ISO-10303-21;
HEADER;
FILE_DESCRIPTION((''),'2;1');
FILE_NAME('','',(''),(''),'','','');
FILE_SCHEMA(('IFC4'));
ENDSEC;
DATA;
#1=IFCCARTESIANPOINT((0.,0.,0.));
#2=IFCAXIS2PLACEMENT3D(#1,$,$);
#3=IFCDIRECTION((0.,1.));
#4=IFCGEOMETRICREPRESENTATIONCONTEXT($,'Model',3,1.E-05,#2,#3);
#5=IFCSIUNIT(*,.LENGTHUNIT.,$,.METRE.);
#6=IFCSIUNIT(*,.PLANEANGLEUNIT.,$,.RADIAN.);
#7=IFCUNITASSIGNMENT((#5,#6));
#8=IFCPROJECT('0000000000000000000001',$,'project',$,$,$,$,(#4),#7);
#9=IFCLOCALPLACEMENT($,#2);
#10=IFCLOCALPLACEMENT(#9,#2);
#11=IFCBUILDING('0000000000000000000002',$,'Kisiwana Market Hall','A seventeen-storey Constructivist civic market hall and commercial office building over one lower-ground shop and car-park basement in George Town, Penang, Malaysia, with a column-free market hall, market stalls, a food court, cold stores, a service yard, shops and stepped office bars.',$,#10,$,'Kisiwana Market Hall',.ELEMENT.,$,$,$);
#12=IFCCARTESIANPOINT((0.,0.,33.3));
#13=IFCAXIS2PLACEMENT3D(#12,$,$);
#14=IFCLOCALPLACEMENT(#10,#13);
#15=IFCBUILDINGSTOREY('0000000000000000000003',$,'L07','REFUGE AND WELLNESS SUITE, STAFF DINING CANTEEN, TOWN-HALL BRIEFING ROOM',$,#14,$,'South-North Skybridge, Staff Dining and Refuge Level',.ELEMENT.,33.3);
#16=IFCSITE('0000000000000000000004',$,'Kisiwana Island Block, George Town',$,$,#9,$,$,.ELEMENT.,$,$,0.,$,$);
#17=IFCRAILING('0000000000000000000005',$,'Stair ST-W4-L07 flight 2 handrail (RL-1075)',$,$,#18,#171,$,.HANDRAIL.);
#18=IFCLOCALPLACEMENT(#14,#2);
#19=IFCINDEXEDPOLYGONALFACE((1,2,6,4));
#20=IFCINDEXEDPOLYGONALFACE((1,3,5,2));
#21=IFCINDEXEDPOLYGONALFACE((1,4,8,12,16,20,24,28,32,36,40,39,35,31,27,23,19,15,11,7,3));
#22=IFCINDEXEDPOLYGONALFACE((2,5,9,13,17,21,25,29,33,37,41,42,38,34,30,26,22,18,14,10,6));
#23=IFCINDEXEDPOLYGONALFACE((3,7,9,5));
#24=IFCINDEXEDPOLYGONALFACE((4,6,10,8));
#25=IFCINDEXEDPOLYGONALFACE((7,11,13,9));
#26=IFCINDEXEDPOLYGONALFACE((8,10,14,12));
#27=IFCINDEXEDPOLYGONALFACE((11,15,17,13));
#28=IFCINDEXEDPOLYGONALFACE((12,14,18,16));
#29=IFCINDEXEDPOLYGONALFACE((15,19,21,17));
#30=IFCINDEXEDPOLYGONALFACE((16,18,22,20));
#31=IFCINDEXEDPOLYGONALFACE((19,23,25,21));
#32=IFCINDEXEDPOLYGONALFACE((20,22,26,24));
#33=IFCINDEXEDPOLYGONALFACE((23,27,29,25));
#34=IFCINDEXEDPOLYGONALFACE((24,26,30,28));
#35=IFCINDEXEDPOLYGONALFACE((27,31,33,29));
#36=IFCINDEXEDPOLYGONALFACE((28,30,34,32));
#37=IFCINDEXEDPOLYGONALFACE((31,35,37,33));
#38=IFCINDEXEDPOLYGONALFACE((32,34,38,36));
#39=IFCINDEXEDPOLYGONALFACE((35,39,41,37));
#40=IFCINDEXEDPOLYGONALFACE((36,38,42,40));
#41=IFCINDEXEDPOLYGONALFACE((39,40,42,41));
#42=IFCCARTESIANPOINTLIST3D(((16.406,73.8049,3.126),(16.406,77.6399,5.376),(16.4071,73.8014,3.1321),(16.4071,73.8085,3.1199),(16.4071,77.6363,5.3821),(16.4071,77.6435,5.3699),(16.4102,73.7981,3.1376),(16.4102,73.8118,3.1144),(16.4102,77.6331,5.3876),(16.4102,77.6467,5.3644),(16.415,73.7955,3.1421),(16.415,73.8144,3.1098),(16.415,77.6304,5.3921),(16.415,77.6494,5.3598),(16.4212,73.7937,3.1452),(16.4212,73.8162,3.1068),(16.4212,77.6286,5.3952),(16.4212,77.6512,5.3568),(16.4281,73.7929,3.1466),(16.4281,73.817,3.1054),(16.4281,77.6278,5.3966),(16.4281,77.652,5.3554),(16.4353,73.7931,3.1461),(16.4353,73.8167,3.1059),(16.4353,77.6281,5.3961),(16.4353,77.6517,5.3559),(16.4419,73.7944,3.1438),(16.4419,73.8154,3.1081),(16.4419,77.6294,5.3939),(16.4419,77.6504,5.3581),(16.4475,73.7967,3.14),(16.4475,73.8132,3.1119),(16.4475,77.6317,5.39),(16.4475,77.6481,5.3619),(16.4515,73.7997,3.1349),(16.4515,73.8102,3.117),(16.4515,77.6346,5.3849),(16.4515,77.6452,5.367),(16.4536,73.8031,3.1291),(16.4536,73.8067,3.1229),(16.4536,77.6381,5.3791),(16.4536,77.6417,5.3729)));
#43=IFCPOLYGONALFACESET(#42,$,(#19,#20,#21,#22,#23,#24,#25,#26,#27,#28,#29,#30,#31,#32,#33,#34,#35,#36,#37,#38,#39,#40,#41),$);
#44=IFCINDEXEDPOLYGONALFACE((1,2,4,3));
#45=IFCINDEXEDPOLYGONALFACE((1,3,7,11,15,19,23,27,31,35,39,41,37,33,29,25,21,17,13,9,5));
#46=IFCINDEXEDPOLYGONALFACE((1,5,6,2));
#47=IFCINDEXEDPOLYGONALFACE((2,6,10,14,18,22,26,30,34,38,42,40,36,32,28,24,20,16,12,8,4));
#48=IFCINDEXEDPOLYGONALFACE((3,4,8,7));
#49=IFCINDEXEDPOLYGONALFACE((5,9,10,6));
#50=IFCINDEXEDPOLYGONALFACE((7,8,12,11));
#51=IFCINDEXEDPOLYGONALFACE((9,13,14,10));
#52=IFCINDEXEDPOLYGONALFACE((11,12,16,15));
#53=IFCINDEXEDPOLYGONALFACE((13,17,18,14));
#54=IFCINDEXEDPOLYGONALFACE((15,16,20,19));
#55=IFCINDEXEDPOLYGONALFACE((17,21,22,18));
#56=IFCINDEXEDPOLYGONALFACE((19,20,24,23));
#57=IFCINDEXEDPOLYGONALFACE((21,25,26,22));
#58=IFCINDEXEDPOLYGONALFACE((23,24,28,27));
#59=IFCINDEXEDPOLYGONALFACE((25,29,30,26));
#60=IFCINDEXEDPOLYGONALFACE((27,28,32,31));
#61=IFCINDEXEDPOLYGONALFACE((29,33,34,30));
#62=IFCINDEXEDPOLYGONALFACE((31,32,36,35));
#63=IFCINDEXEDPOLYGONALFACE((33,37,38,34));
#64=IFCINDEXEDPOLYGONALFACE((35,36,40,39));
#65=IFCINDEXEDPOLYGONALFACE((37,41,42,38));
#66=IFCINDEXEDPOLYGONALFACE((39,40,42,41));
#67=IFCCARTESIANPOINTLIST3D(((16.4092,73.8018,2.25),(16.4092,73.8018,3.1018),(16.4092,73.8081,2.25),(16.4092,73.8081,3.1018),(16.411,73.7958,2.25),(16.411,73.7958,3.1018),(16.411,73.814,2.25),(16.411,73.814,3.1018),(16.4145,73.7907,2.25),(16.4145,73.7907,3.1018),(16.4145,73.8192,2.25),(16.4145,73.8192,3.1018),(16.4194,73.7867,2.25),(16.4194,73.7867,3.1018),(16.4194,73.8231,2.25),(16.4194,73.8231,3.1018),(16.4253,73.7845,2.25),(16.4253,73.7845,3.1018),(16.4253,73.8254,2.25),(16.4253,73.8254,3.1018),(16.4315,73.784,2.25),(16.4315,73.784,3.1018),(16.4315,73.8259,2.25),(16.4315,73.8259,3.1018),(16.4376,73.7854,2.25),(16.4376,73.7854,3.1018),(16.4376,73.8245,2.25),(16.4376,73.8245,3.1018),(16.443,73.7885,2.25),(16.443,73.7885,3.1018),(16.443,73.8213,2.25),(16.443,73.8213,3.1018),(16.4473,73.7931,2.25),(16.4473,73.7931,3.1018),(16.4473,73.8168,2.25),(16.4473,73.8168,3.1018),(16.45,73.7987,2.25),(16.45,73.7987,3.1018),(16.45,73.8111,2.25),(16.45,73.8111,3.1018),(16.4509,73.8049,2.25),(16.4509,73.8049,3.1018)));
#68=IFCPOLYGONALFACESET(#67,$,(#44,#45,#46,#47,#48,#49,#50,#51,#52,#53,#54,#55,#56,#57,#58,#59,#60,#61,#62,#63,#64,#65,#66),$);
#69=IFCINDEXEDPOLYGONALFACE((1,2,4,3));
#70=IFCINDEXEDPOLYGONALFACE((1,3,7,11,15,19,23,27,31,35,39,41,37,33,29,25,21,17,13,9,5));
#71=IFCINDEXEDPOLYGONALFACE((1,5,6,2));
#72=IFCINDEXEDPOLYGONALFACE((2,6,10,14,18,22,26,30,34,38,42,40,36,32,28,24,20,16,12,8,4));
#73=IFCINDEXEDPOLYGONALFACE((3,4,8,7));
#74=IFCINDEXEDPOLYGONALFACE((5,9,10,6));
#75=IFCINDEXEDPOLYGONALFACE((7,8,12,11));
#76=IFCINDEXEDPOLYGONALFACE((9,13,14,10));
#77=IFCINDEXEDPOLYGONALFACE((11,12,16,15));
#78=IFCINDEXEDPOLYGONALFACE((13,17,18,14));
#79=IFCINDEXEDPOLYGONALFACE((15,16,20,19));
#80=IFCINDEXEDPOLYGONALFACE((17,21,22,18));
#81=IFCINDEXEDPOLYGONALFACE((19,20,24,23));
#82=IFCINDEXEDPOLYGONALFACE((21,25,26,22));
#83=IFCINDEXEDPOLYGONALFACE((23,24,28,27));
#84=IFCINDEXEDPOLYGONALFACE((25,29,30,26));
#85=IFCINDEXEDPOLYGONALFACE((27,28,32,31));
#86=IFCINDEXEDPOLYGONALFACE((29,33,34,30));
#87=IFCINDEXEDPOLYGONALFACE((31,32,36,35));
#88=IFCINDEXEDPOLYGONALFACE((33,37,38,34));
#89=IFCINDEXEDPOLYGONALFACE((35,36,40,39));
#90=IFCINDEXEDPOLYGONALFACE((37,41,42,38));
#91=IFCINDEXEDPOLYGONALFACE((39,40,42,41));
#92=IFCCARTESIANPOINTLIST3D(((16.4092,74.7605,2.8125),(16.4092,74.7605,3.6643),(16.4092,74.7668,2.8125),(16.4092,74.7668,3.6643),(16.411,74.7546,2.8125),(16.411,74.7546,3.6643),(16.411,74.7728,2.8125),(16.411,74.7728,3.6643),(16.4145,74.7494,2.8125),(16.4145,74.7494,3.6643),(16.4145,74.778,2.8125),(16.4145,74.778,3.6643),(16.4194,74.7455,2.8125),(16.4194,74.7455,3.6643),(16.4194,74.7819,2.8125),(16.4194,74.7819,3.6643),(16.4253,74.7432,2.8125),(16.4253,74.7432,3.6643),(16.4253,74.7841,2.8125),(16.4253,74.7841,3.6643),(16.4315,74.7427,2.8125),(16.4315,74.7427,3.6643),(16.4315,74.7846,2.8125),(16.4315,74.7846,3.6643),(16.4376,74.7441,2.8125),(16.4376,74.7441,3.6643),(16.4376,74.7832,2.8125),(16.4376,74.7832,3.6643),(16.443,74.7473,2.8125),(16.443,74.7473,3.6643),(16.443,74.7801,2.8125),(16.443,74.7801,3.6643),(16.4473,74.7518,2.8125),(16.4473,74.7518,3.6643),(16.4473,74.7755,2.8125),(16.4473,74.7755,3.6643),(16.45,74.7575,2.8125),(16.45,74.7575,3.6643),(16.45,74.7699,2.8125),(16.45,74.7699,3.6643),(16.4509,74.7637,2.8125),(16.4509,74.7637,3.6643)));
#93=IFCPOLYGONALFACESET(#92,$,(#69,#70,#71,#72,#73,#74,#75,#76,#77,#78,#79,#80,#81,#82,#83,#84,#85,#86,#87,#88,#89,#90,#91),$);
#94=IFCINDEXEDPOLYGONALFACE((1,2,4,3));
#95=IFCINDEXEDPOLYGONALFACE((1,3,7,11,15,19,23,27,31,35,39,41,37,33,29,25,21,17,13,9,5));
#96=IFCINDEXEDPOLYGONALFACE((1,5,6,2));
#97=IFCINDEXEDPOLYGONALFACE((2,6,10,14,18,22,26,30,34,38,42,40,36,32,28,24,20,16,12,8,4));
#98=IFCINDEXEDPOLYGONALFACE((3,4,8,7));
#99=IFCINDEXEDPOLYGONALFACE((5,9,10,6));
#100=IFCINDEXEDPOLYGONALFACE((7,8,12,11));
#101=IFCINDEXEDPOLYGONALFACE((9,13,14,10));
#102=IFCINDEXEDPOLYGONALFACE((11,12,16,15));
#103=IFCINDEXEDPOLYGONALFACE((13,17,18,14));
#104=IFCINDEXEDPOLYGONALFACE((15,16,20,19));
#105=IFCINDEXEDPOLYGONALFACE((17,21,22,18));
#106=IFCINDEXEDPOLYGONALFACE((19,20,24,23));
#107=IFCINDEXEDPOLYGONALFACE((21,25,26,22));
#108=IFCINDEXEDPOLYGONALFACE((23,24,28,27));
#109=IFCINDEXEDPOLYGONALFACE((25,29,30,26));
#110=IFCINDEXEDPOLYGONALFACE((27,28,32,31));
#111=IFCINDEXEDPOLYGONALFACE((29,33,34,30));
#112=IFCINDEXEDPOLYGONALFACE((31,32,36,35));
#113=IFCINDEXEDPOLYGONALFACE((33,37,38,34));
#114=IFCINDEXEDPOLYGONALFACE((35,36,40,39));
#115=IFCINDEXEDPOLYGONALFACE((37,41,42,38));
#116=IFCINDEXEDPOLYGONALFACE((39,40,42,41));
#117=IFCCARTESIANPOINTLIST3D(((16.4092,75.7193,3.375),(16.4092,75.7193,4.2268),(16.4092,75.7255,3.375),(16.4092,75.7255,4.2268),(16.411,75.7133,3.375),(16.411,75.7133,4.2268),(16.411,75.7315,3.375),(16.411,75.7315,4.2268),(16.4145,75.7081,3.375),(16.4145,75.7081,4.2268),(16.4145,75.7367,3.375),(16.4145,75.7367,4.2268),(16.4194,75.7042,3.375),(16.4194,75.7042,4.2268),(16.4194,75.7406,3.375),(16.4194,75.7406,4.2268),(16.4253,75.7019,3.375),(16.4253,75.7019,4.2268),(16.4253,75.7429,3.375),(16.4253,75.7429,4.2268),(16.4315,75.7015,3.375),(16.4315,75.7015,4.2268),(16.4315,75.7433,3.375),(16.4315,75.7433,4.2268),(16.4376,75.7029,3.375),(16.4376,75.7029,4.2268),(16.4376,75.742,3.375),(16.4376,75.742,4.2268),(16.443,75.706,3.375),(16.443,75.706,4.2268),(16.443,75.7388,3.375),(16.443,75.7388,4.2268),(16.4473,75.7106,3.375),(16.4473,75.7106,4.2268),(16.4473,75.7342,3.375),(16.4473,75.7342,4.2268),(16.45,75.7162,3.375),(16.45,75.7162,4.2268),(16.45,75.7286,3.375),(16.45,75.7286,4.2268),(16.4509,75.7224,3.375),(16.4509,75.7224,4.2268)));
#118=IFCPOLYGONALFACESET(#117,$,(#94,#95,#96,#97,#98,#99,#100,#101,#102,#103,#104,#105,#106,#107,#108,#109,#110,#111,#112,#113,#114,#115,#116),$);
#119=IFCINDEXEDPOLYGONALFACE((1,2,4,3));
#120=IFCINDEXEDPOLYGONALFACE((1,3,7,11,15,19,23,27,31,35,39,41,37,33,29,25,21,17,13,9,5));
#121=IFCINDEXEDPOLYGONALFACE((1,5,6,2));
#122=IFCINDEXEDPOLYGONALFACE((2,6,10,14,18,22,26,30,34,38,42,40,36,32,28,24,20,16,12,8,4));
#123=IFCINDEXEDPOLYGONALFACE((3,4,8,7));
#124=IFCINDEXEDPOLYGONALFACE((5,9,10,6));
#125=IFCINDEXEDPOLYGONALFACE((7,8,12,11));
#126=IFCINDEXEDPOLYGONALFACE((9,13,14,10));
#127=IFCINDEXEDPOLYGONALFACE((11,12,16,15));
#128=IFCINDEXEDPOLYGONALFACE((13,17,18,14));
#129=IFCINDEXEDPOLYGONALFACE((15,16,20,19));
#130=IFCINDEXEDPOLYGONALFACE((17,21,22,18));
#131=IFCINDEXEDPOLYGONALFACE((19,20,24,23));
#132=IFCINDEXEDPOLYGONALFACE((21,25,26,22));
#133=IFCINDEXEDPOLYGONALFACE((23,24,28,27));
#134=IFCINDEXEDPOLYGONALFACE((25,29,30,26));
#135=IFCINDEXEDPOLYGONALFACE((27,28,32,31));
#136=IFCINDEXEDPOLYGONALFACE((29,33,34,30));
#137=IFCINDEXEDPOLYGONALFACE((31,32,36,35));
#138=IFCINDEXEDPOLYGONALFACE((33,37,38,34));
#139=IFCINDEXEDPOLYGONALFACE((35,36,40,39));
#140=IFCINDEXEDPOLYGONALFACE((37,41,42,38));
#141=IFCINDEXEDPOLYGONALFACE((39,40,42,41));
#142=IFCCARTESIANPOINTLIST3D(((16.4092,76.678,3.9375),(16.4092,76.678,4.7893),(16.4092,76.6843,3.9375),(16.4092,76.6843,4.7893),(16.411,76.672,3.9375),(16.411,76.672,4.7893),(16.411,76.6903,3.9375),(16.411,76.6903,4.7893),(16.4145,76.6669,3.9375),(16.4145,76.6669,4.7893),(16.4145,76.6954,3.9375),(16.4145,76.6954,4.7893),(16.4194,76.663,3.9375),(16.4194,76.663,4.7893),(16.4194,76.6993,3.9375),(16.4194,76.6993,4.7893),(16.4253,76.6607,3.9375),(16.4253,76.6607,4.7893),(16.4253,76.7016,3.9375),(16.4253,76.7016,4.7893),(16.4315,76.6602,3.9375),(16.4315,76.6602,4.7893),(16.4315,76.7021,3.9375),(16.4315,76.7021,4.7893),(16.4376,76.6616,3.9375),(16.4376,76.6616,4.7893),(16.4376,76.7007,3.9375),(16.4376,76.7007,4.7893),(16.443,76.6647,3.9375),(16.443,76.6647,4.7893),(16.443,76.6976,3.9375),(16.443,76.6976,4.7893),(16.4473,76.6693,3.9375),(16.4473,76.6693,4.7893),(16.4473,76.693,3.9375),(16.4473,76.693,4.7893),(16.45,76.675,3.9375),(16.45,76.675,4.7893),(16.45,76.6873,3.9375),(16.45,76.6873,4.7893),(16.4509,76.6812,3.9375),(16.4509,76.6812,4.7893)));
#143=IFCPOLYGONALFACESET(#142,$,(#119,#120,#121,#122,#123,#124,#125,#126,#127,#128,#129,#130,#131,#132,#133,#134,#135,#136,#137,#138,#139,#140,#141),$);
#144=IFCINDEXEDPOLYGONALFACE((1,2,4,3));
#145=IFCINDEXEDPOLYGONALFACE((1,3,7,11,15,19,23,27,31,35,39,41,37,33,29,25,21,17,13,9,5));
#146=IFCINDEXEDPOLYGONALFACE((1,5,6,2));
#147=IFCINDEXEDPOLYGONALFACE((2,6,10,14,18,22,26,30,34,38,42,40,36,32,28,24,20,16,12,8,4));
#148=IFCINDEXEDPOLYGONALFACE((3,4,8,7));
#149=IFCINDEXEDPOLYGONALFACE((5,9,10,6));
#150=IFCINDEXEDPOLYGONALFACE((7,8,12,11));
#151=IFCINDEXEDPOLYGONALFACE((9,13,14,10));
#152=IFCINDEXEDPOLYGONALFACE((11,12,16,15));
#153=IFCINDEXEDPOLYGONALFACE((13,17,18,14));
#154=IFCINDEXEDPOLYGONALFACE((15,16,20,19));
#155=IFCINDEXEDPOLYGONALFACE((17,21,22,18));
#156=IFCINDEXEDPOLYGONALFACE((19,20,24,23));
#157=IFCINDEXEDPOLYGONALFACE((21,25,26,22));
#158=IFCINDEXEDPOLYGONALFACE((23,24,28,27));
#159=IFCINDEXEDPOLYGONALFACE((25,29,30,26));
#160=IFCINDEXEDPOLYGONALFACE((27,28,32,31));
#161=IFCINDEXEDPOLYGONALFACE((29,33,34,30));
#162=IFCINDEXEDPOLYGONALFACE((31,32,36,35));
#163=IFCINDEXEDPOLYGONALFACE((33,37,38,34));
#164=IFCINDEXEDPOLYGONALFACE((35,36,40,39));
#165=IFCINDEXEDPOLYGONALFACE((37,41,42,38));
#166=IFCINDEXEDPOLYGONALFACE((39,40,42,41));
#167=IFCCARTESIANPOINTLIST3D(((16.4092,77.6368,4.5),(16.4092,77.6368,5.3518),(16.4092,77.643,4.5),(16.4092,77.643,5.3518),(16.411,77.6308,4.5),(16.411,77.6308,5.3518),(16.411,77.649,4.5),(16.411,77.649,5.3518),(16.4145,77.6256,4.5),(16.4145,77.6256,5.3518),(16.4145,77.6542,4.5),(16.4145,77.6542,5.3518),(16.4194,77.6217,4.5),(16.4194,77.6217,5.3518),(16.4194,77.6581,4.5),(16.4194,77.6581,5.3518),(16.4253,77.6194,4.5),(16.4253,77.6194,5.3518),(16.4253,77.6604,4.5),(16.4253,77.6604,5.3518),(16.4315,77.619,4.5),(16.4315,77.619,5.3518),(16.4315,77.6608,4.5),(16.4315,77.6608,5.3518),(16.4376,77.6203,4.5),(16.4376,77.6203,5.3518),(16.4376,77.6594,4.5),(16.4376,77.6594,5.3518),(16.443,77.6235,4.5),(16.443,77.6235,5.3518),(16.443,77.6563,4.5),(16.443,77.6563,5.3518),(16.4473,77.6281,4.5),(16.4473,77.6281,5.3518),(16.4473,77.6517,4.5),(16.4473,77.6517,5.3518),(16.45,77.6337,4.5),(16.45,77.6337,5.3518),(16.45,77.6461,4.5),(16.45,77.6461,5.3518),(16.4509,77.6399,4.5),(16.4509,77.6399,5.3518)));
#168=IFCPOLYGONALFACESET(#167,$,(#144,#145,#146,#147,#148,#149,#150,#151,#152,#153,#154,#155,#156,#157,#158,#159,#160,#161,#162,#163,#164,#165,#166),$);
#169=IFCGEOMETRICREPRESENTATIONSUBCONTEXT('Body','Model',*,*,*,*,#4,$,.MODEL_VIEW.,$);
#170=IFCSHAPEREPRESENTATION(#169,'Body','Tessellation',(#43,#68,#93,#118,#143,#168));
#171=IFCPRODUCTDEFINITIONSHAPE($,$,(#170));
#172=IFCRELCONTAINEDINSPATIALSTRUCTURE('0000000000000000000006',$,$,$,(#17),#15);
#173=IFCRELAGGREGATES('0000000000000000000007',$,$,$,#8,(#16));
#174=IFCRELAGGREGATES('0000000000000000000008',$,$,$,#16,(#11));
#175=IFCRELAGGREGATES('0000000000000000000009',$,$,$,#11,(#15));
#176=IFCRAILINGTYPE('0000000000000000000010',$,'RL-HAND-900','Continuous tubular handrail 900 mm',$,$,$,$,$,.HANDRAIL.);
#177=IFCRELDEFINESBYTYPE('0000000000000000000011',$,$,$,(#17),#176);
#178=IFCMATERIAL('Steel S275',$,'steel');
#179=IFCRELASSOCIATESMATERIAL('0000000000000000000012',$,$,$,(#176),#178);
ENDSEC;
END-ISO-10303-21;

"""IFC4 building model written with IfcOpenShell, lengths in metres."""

from ifc_helpers import new_model, si_unit, direction, frame, origin, origin_2d, place, context, subcontext, project, spatial, circle, extrude, material, type_object, element, save


model = new_model("IFC4")

# Units and contexts
model_context = context("Model", 3, precision=1e-05, world=origin(), true_north=direction((0.0, 1.0)))
body_context = subcontext(model_context, "Body", "Model", "MODEL_VIEW")
ifc_project = project(units=[si_unit("LENGTHUNIT", "METRE"), si_unit("PLANEANGLEUNIT", "RADIAN")], contexts=[model_context])

# Site, building, storey
site_placement = place(None, origin())
site = spatial("IfcSite", under=ifc_project, at=site_placement, Name="Kisiwana Island Block, George Town", CompositionType="ELEMENT", RefElevation=0.0)
building_placement = place(site_placement, origin())
building = spatial("IfcBuilding", under=site, at=building_placement, Name="Kisiwana Market Hall", Description="A seventeen-storey Constructivist civic market hall and commercial office building over one lower-ground shop and car-park basement in George Town, Penang, Malaysia, with a column-free market hall, market stalls, a food court, cold stores, a service yard, shops and stepped office bars.", LongName="Kisiwana Market Hall", CompositionType="ELEMENT")
storey_placement = place(building_placement, frame((0.0, 0.0, 33.3)))
storey = spatial("IfcBuildingStorey", under=building, at=storey_placement, Name="L07", Description="REFUGE AND WELLNESS SUITE, STAFF DINING CANTEEN, TOWN-HALL BRIEFING ROOM", LongName="South-North Skybridge, Staff Dining and Refuge Level", CompositionType="ELEMENT", Elevation=33.3)

# Railing
ifc_material_1 = material(Name="Steel S275", Category="steel")
railing_type = type_object("IfcRailingType", Name="RL-HAND-900", Description="Continuous tubular handrail 900 mm", PredefinedType="HANDRAIL", material=ifc_material_1)
for number, where, name in (
    (1, (16.4299, 73.8049, 2.25), "Stair ST-W4-L07 flight 2 handrail (RL-1075)"),
):
    element("IfcRailing", number, at=place(storey_placement, frame(where)), inside=storey, type_object=railing_type, Name=name, PredefinedType="HANDRAIL", context=body_context, shape_type="SweptSolid", body=[
        extrude(circle(Radius=0.0239, at=origin_2d()), frame((0.0, 0.0, 0.876), z_axis=(0.0, 0.86251, 0.506041), x_axis=(-1.0, 0.0, 0.0)), (0.0, 0.0, 1.0), 4.4463),
        extrude(circle(Radius=0.021, at=origin_2d()), origin(), (0.0, 0.0, 1.0), 0.8518),
        extrude(circle(Radius=0.021, at=origin_2d()), frame((0.0, 0.9587, 0.5625)), (0.0, 0.0, 1.0), 0.8518),
        extrude(circle(Radius=0.021, at=origin_2d()), frame((0.0, 1.9175, 1.125)), (0.0, 0.0, 1.0), 0.8518),
        extrude(circle(Radius=0.021, at=origin_2d()), frame((0.0, 2.8762, 1.6875)), (0.0, 0.0, 1.0), 0.8518),
        extrude(circle(Radius=0.021, at=origin_2d()), frame((0.0, 3.835, 2.25)), (0.0, 0.0, 1.0), 0.8518),
    ])

save(model, "model.ifc")
